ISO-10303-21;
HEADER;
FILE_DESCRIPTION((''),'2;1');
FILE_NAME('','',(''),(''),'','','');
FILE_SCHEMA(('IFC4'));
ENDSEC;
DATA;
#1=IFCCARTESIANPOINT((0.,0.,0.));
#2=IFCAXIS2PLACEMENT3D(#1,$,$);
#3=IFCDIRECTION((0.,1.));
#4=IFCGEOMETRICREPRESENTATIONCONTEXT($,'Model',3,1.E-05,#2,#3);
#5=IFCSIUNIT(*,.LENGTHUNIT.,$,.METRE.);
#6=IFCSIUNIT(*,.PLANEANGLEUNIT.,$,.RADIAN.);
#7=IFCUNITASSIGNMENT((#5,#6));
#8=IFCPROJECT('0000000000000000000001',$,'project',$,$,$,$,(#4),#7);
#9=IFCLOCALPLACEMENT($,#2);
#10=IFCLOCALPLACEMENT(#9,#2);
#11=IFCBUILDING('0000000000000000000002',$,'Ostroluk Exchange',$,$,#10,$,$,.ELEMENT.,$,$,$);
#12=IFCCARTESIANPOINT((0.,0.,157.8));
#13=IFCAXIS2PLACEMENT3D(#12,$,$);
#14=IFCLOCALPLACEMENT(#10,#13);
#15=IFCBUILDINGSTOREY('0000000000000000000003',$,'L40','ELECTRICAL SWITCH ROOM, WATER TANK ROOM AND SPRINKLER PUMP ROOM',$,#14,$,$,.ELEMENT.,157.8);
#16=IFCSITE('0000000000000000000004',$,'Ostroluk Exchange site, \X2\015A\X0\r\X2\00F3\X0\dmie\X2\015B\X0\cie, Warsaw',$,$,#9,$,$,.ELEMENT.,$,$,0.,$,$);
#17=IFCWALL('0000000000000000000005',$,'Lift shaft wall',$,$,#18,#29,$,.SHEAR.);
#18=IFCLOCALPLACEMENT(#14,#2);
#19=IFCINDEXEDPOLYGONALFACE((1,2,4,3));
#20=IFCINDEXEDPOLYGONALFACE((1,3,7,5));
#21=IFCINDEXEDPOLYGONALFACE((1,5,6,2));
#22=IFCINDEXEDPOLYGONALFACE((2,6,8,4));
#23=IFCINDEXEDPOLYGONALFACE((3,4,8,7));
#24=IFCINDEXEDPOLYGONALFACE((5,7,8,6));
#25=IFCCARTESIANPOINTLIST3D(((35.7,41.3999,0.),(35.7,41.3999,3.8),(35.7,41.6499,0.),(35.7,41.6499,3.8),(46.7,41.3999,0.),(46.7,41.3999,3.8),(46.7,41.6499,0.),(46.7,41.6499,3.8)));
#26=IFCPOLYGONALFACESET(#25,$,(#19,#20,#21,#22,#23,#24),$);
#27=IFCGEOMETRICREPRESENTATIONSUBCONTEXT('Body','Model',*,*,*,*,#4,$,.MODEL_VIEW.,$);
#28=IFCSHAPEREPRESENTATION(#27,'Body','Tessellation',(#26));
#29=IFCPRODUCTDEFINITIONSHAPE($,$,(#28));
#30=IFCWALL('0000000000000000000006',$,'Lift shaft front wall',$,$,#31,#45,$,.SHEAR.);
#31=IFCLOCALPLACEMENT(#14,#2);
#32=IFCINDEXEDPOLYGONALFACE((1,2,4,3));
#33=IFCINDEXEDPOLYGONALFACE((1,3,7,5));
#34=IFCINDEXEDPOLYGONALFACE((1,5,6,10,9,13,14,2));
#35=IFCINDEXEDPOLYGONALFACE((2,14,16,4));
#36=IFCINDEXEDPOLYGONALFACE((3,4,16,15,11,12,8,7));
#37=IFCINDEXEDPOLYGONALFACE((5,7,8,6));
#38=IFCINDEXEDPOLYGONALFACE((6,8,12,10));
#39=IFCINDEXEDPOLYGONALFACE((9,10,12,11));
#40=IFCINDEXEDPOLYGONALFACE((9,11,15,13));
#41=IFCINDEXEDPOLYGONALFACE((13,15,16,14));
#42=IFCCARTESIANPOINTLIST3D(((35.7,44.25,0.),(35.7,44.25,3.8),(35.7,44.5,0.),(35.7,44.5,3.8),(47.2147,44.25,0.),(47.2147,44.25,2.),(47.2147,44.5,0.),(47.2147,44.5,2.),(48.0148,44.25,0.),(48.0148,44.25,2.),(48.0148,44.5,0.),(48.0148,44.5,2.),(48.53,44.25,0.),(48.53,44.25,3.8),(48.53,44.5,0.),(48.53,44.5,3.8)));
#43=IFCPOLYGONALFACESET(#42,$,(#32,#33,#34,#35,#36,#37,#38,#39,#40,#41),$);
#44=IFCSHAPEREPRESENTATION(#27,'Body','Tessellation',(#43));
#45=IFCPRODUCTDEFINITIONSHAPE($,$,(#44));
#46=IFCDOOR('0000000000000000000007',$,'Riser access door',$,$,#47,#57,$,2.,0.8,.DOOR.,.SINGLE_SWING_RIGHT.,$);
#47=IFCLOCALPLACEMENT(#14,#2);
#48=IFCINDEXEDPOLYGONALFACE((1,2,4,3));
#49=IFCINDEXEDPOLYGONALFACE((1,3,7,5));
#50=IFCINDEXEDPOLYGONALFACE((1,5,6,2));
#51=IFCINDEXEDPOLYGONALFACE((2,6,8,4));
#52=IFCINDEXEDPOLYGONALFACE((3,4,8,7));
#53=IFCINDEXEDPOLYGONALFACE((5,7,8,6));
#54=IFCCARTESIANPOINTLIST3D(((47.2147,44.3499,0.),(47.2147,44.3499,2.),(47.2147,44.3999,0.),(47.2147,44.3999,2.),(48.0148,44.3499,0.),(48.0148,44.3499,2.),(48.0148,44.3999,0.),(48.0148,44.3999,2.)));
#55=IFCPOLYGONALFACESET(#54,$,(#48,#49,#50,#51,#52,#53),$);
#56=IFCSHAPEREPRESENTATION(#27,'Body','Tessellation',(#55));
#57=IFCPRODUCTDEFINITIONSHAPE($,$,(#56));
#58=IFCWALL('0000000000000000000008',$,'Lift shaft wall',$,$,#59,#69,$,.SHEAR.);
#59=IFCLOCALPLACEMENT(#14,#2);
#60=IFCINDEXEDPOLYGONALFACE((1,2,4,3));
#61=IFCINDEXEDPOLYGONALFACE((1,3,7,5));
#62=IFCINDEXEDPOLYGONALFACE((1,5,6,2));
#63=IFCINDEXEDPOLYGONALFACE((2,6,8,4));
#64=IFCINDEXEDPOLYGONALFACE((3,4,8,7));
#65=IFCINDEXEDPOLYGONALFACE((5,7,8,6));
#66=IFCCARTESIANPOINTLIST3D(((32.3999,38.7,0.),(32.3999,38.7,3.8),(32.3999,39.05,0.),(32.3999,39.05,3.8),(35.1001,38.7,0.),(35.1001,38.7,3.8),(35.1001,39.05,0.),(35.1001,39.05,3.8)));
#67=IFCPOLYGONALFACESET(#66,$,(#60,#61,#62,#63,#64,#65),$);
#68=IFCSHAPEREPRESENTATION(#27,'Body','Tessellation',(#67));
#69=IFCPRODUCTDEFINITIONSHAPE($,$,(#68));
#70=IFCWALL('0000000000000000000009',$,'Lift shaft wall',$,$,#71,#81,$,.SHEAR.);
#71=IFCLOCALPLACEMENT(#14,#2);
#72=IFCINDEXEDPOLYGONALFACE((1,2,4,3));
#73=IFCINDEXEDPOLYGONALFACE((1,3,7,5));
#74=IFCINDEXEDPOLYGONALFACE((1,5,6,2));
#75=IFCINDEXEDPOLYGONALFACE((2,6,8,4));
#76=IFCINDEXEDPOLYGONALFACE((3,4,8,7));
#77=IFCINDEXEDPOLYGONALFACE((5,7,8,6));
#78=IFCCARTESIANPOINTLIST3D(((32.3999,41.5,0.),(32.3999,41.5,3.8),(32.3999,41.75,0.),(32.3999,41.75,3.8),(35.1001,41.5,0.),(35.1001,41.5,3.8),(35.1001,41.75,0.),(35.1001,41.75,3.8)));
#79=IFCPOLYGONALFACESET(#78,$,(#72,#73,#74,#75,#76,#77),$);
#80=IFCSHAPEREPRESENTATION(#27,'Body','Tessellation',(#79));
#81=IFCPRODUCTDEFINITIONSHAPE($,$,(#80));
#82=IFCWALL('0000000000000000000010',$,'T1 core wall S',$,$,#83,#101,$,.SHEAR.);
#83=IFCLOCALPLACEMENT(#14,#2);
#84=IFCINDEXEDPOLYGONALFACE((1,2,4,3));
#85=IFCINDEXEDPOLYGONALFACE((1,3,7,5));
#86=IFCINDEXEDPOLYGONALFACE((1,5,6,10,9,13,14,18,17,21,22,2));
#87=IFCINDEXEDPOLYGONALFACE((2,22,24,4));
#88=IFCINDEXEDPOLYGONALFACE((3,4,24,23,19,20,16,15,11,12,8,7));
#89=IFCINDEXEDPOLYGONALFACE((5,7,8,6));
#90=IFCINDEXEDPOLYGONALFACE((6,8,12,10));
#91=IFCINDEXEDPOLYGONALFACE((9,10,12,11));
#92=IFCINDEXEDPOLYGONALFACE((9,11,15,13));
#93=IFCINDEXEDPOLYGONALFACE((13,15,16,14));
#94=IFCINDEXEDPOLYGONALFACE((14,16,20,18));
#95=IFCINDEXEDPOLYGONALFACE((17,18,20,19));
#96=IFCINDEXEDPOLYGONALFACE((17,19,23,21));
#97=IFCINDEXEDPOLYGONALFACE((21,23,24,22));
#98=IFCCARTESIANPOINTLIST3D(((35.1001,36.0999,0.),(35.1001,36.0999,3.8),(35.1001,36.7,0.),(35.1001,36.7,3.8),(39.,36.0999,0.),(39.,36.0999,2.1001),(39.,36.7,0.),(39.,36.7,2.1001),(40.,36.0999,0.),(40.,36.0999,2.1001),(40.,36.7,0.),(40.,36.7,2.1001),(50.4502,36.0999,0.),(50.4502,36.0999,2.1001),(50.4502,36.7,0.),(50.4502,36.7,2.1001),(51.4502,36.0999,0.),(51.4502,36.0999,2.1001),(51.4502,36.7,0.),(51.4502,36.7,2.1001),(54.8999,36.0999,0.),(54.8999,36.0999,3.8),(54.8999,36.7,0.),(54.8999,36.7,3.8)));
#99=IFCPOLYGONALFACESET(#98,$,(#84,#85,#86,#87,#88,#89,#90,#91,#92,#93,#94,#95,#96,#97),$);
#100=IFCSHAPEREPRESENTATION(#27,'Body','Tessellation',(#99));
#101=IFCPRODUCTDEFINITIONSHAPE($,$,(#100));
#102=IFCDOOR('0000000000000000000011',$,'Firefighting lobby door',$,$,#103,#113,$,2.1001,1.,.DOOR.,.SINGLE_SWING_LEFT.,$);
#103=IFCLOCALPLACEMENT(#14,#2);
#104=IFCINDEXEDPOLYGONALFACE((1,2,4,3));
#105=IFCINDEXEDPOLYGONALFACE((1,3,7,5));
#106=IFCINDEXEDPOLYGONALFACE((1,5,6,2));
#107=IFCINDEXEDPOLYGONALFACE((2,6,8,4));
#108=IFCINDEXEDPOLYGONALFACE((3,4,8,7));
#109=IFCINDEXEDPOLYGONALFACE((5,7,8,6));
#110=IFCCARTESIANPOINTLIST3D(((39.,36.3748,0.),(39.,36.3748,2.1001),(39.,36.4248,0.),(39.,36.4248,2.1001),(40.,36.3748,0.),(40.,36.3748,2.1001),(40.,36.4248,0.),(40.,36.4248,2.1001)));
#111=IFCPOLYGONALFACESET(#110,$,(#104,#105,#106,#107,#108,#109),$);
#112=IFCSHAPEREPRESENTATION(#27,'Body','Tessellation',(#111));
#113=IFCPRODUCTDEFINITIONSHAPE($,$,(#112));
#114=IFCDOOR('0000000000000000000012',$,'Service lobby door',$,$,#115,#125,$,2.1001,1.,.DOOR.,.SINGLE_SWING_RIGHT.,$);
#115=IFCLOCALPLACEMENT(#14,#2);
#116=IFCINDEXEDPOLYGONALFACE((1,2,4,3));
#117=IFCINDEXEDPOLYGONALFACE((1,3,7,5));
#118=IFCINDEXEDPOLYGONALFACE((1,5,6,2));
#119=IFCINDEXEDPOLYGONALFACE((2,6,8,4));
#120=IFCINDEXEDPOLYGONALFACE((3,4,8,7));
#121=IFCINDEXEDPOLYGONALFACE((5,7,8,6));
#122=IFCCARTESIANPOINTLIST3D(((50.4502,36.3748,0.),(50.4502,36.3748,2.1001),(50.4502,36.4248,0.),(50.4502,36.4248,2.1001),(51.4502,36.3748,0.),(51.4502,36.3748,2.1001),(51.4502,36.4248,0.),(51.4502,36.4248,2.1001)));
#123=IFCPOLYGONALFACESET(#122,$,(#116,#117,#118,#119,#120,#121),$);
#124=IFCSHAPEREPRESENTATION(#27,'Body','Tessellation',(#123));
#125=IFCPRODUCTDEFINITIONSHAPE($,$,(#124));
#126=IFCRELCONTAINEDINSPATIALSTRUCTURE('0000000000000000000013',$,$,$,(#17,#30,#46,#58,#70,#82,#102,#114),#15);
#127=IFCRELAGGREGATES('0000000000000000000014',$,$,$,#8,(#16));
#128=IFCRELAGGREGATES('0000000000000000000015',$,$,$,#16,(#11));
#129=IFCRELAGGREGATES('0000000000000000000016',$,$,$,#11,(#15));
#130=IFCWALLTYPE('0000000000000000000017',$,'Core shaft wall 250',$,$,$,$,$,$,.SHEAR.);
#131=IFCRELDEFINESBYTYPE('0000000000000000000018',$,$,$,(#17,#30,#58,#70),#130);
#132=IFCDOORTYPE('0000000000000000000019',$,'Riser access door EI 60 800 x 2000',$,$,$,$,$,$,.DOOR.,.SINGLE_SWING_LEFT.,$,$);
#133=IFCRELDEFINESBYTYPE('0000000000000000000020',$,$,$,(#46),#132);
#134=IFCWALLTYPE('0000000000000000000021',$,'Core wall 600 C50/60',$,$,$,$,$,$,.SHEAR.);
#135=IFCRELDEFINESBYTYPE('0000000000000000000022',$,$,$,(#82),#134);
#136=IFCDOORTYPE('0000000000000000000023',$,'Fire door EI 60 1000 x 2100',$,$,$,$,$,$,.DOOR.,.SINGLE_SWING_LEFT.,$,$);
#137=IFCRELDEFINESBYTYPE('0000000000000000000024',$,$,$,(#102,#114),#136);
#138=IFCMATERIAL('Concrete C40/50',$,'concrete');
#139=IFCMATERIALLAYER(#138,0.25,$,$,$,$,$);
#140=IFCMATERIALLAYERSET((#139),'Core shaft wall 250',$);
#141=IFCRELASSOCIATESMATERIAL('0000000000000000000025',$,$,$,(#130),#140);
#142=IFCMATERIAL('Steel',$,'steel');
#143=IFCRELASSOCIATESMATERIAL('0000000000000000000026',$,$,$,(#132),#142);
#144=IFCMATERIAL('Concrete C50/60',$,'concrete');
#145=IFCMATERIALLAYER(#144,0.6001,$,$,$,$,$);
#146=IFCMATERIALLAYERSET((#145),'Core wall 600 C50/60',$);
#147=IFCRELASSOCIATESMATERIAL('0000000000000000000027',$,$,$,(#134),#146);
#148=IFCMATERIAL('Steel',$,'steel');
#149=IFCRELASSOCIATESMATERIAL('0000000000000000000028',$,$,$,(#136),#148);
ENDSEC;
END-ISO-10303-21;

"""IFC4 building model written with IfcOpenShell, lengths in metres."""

from ifc_helpers import new_model, si_unit, direction, frame, frame_2d, origin, place, context, subcontext, project, spatial, rectangle, extrude, material, layer, layer_set, type_object, element, fill, save


model = new_model("IFC4")

# Units and contexts
model_context = context("Model", 3, precision=1e-05, world=origin(), true_north=direction((0.0, 1.0)))
body_context = subcontext(model_context, "Body", "Model", "MODEL_VIEW")
ifc_project = project(units=[si_unit("LENGTHUNIT", "METRE"), si_unit("PLANEANGLEUNIT", "RADIAN")], contexts=[model_context])

# Site, building, storey
site_placement = place(None, origin())
site = spatial("IfcSite", under=ifc_project, at=site_placement, Name="Ostroluk Exchange site, Śródmieście, Warsaw", CompositionType="ELEMENT", RefElevation=0.0)
building_placement = place(site_placement, origin())
building = spatial("IfcBuilding", under=site, at=building_placement, Name="Ostroluk Exchange", CompositionType="ELEMENT")
storey_placement = place(building_placement, frame((0.0, 0.0, 157.8)))
storey = spatial("IfcBuildingStorey", under=building, at=storey_placement, Name="L40", Description="ELECTRICAL SWITCH ROOM, WATER TANK ROOM AND SPRINKLER PUMP ROOM", CompositionType="ELEMENT", Elevation=157.8)

# Shared definitions
ifc_material_1 = material(Name="Concrete C40/50", Category="concrete")
ifc_layer_1 = layer(ifc_material_1, 0.25)
ifc_layer_set_1 = layer_set([ifc_layer_1], Name="Core shaft wall 250")
wall_type_1 = type_object("IfcWallType", Name="Core shaft wall 250", PredefinedType="SHEAR", material=ifc_layer_set_1)

# Wall
wall_1_placement = place(storey_placement, frame((35.7, 41.5249, 0.0), z_axis=(0.0, 0.0, 1.0), x_axis=(1.0, 0.0, 0.0)))
element("IfcWall", 1, at=wall_1_placement, inside=storey, type_object=wall_type_1, Name="Lift shaft wall", PredefinedType="SHEAR", context=body_context, shape_type="SweptSolid", body=[
    extrude(rectangle(XDim=11.0, YDim=0.25, at=frame_2d((5.5, 0.0))), origin(), (0.0, 0.0, 1.0), 3.8),
])

# Wall, opening, door
wall_2_placement = place(storey_placement, frame((35.7, 44.375, 0.0), z_axis=(0.0, 0.0, 1.0), x_axis=(1.0, 0.0, 0.0)))
wall_2 = element("IfcWall", 2, at=wall_2_placement, inside=storey, type_object=wall_type_1, Name="Lift shaft front wall", PredefinedType="SHEAR", context=body_context, shape_type="SweptSolid", body=[
    extrude(rectangle(XDim=12.8301, YDim=0.25, at=frame_2d((6.415, 0.0))), origin(), (0.0, 0.0, 1.0), 3.8),
])
opening_1_placement = place(wall_2_placement, frame((11.5149, 0.0, 0.0)))
opening_1 = element("IfcOpeningElement", 3, at=opening_1_placement, cuts=wall_2, PredefinedType="OPENING", context=body_context, shape_type="SweptSolid", body=[
    extrude(rectangle(XDim=0.8, YDim=2.0, at=frame_2d((0.3999, 1.0))), frame((0.0, 0.135, 0.0), z_axis=(0.0, -1.0, 0.0), x_axis=(1.0, 0.0, 0.0)), (0.0, 0.0, 1.0), 0.27),
])
ifc_material_2 = material(Name="Steel", Category="steel")
door_type_1 = type_object("IfcDoorType", Name="Riser access door EI 60 800 x 2000", OperationType="SINGLE_SWING_LEFT", PredefinedType="DOOR", material=ifc_material_2)
door_1_placement = place(opening_1_placement, origin())
door_1 = element("IfcDoor", 4, at=door_1_placement, inside=storey, type_object=door_type_1, Name="Riser access door", OperationType="SINGLE_SWING_RIGHT", OverallHeight=2.0, OverallWidth=0.8, PredefinedType="DOOR", context=body_context, shape_type="SweptSolid", body=[
    extrude(rectangle(XDim=0.8, YDim=2.0, at=frame_2d((0.3999, 1.0))), frame((0.0, 0.0249, 0.0), z_axis=(0.0, -1.0, 0.0), x_axis=(1.0, 0.0, 0.0)), (0.0, 0.0, 1.0), 0.05),
])
fill(opening_1, door_1)

# Walls
wall_3_placement = place(storey_placement, frame((32.3999, 38.875, 0.0), z_axis=(0.0, 0.0, 1.0), x_axis=(1.0, 0.0, 0.0)))
element("IfcWall", 5, at=wall_3_placement, inside=storey, type_object=wall_type_1, Name="Lift shaft wall", PredefinedType="SHEAR", context=body_context, shape_type="SweptSolid", body=[
    extrude(rectangle(XDim=2.7002, YDim=0.3501, at=frame_2d((1.3501, 0.0))), origin(), (0.0, 0.0, 1.0), 3.8),
])
wall_4_placement = place(storey_placement, frame((32.3999, 41.625, 0.0), z_axis=(0.0, 0.0, 1.0), x_axis=(1.0, 0.0, 0.0)))
element("IfcWall", 6, at=wall_4_placement, inside=storey, type_object=wall_type_1, Name="Lift shaft wall", PredefinedType="SHEAR", context=body_context, shape_type="SweptSolid", body=[
    extrude(rectangle(XDim=2.7002, YDim=0.25, at=frame_2d((1.3501, 0.0))), origin(), (0.0, 0.0, 1.0), 3.8),
])

# Wall, openings, doors
ifc_material_3 = material(Name="Concrete C50/60", Category="concrete")
ifc_layer_2 = layer(ifc_material_3, 0.6001)
ifc_layer_set_2 = layer_set([ifc_layer_2], Name="Core wall 600 C50/60")
wall_type_2 = type_object("IfcWallType", Name="Core wall 600 C50/60", PredefinedType="SHEAR", material=ifc_layer_set_2)
wall_5_placement = place(storey_placement, frame((35.1001, 36.3999, 0.0), z_axis=(0.0, 0.0, 1.0), x_axis=(1.0, 0.0, 0.0)))
wall_5 = element("IfcWall", 7, at=wall_5_placement, inside=storey, type_object=wall_type_2, Name="T1 core wall S", PredefinedType="SHEAR", context=body_context, shape_type="SweptSolid", body=[
    extrude(rectangle(XDim=19.7998, YDim=0.6001, at=frame_2d((9.8999, 0.0))), origin(), (0.0, 0.0, 1.0), 3.8),
])
opening_2_placement = place(wall_5_placement, frame((3.8999, 0.0, 0.0)))
opening_2 = element("IfcOpeningElement", 8, at=opening_2_placement, cuts=wall_5, PredefinedType="OPENING", context=body_context, shape_type="SweptSolid", body=[
    extrude(rectangle(XDim=1.0, YDim=2.1001, at=frame_2d((0.5, 1.05))), frame((0.0, 0.3101, 0.0), z_axis=(0.0, -1.0, 0.0), x_axis=(1.0, 0.0, 0.0)), (0.0, 0.0, 1.0), 0.6201),
])
opening_3_placement = place(wall_5_placement, frame((15.3501, 0.0, 0.0)))
opening_3 = element("IfcOpeningElement", 9, at=opening_3_placement, cuts=wall_5, PredefinedType="OPENING", context=body_context, shape_type="SweptSolid", body=[
    extrude(rectangle(XDim=1.0, YDim=2.1001, at=frame_2d((0.5, 1.05))), frame((0.0, 0.3101, 0.0), z_axis=(0.0, -1.0, 0.0), x_axis=(1.0, 0.0, 0.0)), (0.0, 0.0, 1.0), 0.6201),
])
ifc_material_4 = material(Name="Steel", Category="steel")
door_type_2 = type_object("IfcDoorType", Name="Fire door EI 60 1000 x 2100", OperationType="SINGLE_SWING_LEFT", PredefinedType="DOOR", material=ifc_material_4)
door_2_placement = place(opening_2_placement, origin())
door_2 = element("IfcDoor", 10, at=door_2_placement, inside=storey, type_object=door_type_2, Name="Firefighting lobby door", OperationType="SINGLE_SWING_LEFT", OverallHeight=2.1001, OverallWidth=1.0, PredefinedType="DOOR", context=body_context, shape_type="SweptSolid", body=[
    extrude(rectangle(XDim=1.0, YDim=2.1001, at=frame_2d((0.5, 1.05))), frame((0.0, 0.0249, 0.0), z_axis=(0.0, -1.0, 0.0), x_axis=(1.0, 0.0, 0.0)), (0.0, 0.0, 1.0), 0.05),
])
fill(opening_2, door_2)
door_3_placement = place(opening_3_placement, origin())
door_3 = element("IfcDoor", 11, at=door_3_placement, inside=storey, type_object=door_type_2, Name="Service lobby door", OperationType="SINGLE_SWING_RIGHT", OverallHeight=2.1001, OverallWidth=1.0, PredefinedType="DOOR", context=body_context, shape_type="SweptSolid", body=[
    extrude(rectangle(XDim=1.0, YDim=2.1001, at=frame_2d((0.5, 1.05))), frame((0.0, 0.0249, 0.0), z_axis=(0.0, -1.0, 0.0), x_axis=(1.0, 0.0, 0.0)), (0.0, 0.0, 1.0), 0.05),
])
fill(opening_3, door_3)

save(model, "model.ifc")
